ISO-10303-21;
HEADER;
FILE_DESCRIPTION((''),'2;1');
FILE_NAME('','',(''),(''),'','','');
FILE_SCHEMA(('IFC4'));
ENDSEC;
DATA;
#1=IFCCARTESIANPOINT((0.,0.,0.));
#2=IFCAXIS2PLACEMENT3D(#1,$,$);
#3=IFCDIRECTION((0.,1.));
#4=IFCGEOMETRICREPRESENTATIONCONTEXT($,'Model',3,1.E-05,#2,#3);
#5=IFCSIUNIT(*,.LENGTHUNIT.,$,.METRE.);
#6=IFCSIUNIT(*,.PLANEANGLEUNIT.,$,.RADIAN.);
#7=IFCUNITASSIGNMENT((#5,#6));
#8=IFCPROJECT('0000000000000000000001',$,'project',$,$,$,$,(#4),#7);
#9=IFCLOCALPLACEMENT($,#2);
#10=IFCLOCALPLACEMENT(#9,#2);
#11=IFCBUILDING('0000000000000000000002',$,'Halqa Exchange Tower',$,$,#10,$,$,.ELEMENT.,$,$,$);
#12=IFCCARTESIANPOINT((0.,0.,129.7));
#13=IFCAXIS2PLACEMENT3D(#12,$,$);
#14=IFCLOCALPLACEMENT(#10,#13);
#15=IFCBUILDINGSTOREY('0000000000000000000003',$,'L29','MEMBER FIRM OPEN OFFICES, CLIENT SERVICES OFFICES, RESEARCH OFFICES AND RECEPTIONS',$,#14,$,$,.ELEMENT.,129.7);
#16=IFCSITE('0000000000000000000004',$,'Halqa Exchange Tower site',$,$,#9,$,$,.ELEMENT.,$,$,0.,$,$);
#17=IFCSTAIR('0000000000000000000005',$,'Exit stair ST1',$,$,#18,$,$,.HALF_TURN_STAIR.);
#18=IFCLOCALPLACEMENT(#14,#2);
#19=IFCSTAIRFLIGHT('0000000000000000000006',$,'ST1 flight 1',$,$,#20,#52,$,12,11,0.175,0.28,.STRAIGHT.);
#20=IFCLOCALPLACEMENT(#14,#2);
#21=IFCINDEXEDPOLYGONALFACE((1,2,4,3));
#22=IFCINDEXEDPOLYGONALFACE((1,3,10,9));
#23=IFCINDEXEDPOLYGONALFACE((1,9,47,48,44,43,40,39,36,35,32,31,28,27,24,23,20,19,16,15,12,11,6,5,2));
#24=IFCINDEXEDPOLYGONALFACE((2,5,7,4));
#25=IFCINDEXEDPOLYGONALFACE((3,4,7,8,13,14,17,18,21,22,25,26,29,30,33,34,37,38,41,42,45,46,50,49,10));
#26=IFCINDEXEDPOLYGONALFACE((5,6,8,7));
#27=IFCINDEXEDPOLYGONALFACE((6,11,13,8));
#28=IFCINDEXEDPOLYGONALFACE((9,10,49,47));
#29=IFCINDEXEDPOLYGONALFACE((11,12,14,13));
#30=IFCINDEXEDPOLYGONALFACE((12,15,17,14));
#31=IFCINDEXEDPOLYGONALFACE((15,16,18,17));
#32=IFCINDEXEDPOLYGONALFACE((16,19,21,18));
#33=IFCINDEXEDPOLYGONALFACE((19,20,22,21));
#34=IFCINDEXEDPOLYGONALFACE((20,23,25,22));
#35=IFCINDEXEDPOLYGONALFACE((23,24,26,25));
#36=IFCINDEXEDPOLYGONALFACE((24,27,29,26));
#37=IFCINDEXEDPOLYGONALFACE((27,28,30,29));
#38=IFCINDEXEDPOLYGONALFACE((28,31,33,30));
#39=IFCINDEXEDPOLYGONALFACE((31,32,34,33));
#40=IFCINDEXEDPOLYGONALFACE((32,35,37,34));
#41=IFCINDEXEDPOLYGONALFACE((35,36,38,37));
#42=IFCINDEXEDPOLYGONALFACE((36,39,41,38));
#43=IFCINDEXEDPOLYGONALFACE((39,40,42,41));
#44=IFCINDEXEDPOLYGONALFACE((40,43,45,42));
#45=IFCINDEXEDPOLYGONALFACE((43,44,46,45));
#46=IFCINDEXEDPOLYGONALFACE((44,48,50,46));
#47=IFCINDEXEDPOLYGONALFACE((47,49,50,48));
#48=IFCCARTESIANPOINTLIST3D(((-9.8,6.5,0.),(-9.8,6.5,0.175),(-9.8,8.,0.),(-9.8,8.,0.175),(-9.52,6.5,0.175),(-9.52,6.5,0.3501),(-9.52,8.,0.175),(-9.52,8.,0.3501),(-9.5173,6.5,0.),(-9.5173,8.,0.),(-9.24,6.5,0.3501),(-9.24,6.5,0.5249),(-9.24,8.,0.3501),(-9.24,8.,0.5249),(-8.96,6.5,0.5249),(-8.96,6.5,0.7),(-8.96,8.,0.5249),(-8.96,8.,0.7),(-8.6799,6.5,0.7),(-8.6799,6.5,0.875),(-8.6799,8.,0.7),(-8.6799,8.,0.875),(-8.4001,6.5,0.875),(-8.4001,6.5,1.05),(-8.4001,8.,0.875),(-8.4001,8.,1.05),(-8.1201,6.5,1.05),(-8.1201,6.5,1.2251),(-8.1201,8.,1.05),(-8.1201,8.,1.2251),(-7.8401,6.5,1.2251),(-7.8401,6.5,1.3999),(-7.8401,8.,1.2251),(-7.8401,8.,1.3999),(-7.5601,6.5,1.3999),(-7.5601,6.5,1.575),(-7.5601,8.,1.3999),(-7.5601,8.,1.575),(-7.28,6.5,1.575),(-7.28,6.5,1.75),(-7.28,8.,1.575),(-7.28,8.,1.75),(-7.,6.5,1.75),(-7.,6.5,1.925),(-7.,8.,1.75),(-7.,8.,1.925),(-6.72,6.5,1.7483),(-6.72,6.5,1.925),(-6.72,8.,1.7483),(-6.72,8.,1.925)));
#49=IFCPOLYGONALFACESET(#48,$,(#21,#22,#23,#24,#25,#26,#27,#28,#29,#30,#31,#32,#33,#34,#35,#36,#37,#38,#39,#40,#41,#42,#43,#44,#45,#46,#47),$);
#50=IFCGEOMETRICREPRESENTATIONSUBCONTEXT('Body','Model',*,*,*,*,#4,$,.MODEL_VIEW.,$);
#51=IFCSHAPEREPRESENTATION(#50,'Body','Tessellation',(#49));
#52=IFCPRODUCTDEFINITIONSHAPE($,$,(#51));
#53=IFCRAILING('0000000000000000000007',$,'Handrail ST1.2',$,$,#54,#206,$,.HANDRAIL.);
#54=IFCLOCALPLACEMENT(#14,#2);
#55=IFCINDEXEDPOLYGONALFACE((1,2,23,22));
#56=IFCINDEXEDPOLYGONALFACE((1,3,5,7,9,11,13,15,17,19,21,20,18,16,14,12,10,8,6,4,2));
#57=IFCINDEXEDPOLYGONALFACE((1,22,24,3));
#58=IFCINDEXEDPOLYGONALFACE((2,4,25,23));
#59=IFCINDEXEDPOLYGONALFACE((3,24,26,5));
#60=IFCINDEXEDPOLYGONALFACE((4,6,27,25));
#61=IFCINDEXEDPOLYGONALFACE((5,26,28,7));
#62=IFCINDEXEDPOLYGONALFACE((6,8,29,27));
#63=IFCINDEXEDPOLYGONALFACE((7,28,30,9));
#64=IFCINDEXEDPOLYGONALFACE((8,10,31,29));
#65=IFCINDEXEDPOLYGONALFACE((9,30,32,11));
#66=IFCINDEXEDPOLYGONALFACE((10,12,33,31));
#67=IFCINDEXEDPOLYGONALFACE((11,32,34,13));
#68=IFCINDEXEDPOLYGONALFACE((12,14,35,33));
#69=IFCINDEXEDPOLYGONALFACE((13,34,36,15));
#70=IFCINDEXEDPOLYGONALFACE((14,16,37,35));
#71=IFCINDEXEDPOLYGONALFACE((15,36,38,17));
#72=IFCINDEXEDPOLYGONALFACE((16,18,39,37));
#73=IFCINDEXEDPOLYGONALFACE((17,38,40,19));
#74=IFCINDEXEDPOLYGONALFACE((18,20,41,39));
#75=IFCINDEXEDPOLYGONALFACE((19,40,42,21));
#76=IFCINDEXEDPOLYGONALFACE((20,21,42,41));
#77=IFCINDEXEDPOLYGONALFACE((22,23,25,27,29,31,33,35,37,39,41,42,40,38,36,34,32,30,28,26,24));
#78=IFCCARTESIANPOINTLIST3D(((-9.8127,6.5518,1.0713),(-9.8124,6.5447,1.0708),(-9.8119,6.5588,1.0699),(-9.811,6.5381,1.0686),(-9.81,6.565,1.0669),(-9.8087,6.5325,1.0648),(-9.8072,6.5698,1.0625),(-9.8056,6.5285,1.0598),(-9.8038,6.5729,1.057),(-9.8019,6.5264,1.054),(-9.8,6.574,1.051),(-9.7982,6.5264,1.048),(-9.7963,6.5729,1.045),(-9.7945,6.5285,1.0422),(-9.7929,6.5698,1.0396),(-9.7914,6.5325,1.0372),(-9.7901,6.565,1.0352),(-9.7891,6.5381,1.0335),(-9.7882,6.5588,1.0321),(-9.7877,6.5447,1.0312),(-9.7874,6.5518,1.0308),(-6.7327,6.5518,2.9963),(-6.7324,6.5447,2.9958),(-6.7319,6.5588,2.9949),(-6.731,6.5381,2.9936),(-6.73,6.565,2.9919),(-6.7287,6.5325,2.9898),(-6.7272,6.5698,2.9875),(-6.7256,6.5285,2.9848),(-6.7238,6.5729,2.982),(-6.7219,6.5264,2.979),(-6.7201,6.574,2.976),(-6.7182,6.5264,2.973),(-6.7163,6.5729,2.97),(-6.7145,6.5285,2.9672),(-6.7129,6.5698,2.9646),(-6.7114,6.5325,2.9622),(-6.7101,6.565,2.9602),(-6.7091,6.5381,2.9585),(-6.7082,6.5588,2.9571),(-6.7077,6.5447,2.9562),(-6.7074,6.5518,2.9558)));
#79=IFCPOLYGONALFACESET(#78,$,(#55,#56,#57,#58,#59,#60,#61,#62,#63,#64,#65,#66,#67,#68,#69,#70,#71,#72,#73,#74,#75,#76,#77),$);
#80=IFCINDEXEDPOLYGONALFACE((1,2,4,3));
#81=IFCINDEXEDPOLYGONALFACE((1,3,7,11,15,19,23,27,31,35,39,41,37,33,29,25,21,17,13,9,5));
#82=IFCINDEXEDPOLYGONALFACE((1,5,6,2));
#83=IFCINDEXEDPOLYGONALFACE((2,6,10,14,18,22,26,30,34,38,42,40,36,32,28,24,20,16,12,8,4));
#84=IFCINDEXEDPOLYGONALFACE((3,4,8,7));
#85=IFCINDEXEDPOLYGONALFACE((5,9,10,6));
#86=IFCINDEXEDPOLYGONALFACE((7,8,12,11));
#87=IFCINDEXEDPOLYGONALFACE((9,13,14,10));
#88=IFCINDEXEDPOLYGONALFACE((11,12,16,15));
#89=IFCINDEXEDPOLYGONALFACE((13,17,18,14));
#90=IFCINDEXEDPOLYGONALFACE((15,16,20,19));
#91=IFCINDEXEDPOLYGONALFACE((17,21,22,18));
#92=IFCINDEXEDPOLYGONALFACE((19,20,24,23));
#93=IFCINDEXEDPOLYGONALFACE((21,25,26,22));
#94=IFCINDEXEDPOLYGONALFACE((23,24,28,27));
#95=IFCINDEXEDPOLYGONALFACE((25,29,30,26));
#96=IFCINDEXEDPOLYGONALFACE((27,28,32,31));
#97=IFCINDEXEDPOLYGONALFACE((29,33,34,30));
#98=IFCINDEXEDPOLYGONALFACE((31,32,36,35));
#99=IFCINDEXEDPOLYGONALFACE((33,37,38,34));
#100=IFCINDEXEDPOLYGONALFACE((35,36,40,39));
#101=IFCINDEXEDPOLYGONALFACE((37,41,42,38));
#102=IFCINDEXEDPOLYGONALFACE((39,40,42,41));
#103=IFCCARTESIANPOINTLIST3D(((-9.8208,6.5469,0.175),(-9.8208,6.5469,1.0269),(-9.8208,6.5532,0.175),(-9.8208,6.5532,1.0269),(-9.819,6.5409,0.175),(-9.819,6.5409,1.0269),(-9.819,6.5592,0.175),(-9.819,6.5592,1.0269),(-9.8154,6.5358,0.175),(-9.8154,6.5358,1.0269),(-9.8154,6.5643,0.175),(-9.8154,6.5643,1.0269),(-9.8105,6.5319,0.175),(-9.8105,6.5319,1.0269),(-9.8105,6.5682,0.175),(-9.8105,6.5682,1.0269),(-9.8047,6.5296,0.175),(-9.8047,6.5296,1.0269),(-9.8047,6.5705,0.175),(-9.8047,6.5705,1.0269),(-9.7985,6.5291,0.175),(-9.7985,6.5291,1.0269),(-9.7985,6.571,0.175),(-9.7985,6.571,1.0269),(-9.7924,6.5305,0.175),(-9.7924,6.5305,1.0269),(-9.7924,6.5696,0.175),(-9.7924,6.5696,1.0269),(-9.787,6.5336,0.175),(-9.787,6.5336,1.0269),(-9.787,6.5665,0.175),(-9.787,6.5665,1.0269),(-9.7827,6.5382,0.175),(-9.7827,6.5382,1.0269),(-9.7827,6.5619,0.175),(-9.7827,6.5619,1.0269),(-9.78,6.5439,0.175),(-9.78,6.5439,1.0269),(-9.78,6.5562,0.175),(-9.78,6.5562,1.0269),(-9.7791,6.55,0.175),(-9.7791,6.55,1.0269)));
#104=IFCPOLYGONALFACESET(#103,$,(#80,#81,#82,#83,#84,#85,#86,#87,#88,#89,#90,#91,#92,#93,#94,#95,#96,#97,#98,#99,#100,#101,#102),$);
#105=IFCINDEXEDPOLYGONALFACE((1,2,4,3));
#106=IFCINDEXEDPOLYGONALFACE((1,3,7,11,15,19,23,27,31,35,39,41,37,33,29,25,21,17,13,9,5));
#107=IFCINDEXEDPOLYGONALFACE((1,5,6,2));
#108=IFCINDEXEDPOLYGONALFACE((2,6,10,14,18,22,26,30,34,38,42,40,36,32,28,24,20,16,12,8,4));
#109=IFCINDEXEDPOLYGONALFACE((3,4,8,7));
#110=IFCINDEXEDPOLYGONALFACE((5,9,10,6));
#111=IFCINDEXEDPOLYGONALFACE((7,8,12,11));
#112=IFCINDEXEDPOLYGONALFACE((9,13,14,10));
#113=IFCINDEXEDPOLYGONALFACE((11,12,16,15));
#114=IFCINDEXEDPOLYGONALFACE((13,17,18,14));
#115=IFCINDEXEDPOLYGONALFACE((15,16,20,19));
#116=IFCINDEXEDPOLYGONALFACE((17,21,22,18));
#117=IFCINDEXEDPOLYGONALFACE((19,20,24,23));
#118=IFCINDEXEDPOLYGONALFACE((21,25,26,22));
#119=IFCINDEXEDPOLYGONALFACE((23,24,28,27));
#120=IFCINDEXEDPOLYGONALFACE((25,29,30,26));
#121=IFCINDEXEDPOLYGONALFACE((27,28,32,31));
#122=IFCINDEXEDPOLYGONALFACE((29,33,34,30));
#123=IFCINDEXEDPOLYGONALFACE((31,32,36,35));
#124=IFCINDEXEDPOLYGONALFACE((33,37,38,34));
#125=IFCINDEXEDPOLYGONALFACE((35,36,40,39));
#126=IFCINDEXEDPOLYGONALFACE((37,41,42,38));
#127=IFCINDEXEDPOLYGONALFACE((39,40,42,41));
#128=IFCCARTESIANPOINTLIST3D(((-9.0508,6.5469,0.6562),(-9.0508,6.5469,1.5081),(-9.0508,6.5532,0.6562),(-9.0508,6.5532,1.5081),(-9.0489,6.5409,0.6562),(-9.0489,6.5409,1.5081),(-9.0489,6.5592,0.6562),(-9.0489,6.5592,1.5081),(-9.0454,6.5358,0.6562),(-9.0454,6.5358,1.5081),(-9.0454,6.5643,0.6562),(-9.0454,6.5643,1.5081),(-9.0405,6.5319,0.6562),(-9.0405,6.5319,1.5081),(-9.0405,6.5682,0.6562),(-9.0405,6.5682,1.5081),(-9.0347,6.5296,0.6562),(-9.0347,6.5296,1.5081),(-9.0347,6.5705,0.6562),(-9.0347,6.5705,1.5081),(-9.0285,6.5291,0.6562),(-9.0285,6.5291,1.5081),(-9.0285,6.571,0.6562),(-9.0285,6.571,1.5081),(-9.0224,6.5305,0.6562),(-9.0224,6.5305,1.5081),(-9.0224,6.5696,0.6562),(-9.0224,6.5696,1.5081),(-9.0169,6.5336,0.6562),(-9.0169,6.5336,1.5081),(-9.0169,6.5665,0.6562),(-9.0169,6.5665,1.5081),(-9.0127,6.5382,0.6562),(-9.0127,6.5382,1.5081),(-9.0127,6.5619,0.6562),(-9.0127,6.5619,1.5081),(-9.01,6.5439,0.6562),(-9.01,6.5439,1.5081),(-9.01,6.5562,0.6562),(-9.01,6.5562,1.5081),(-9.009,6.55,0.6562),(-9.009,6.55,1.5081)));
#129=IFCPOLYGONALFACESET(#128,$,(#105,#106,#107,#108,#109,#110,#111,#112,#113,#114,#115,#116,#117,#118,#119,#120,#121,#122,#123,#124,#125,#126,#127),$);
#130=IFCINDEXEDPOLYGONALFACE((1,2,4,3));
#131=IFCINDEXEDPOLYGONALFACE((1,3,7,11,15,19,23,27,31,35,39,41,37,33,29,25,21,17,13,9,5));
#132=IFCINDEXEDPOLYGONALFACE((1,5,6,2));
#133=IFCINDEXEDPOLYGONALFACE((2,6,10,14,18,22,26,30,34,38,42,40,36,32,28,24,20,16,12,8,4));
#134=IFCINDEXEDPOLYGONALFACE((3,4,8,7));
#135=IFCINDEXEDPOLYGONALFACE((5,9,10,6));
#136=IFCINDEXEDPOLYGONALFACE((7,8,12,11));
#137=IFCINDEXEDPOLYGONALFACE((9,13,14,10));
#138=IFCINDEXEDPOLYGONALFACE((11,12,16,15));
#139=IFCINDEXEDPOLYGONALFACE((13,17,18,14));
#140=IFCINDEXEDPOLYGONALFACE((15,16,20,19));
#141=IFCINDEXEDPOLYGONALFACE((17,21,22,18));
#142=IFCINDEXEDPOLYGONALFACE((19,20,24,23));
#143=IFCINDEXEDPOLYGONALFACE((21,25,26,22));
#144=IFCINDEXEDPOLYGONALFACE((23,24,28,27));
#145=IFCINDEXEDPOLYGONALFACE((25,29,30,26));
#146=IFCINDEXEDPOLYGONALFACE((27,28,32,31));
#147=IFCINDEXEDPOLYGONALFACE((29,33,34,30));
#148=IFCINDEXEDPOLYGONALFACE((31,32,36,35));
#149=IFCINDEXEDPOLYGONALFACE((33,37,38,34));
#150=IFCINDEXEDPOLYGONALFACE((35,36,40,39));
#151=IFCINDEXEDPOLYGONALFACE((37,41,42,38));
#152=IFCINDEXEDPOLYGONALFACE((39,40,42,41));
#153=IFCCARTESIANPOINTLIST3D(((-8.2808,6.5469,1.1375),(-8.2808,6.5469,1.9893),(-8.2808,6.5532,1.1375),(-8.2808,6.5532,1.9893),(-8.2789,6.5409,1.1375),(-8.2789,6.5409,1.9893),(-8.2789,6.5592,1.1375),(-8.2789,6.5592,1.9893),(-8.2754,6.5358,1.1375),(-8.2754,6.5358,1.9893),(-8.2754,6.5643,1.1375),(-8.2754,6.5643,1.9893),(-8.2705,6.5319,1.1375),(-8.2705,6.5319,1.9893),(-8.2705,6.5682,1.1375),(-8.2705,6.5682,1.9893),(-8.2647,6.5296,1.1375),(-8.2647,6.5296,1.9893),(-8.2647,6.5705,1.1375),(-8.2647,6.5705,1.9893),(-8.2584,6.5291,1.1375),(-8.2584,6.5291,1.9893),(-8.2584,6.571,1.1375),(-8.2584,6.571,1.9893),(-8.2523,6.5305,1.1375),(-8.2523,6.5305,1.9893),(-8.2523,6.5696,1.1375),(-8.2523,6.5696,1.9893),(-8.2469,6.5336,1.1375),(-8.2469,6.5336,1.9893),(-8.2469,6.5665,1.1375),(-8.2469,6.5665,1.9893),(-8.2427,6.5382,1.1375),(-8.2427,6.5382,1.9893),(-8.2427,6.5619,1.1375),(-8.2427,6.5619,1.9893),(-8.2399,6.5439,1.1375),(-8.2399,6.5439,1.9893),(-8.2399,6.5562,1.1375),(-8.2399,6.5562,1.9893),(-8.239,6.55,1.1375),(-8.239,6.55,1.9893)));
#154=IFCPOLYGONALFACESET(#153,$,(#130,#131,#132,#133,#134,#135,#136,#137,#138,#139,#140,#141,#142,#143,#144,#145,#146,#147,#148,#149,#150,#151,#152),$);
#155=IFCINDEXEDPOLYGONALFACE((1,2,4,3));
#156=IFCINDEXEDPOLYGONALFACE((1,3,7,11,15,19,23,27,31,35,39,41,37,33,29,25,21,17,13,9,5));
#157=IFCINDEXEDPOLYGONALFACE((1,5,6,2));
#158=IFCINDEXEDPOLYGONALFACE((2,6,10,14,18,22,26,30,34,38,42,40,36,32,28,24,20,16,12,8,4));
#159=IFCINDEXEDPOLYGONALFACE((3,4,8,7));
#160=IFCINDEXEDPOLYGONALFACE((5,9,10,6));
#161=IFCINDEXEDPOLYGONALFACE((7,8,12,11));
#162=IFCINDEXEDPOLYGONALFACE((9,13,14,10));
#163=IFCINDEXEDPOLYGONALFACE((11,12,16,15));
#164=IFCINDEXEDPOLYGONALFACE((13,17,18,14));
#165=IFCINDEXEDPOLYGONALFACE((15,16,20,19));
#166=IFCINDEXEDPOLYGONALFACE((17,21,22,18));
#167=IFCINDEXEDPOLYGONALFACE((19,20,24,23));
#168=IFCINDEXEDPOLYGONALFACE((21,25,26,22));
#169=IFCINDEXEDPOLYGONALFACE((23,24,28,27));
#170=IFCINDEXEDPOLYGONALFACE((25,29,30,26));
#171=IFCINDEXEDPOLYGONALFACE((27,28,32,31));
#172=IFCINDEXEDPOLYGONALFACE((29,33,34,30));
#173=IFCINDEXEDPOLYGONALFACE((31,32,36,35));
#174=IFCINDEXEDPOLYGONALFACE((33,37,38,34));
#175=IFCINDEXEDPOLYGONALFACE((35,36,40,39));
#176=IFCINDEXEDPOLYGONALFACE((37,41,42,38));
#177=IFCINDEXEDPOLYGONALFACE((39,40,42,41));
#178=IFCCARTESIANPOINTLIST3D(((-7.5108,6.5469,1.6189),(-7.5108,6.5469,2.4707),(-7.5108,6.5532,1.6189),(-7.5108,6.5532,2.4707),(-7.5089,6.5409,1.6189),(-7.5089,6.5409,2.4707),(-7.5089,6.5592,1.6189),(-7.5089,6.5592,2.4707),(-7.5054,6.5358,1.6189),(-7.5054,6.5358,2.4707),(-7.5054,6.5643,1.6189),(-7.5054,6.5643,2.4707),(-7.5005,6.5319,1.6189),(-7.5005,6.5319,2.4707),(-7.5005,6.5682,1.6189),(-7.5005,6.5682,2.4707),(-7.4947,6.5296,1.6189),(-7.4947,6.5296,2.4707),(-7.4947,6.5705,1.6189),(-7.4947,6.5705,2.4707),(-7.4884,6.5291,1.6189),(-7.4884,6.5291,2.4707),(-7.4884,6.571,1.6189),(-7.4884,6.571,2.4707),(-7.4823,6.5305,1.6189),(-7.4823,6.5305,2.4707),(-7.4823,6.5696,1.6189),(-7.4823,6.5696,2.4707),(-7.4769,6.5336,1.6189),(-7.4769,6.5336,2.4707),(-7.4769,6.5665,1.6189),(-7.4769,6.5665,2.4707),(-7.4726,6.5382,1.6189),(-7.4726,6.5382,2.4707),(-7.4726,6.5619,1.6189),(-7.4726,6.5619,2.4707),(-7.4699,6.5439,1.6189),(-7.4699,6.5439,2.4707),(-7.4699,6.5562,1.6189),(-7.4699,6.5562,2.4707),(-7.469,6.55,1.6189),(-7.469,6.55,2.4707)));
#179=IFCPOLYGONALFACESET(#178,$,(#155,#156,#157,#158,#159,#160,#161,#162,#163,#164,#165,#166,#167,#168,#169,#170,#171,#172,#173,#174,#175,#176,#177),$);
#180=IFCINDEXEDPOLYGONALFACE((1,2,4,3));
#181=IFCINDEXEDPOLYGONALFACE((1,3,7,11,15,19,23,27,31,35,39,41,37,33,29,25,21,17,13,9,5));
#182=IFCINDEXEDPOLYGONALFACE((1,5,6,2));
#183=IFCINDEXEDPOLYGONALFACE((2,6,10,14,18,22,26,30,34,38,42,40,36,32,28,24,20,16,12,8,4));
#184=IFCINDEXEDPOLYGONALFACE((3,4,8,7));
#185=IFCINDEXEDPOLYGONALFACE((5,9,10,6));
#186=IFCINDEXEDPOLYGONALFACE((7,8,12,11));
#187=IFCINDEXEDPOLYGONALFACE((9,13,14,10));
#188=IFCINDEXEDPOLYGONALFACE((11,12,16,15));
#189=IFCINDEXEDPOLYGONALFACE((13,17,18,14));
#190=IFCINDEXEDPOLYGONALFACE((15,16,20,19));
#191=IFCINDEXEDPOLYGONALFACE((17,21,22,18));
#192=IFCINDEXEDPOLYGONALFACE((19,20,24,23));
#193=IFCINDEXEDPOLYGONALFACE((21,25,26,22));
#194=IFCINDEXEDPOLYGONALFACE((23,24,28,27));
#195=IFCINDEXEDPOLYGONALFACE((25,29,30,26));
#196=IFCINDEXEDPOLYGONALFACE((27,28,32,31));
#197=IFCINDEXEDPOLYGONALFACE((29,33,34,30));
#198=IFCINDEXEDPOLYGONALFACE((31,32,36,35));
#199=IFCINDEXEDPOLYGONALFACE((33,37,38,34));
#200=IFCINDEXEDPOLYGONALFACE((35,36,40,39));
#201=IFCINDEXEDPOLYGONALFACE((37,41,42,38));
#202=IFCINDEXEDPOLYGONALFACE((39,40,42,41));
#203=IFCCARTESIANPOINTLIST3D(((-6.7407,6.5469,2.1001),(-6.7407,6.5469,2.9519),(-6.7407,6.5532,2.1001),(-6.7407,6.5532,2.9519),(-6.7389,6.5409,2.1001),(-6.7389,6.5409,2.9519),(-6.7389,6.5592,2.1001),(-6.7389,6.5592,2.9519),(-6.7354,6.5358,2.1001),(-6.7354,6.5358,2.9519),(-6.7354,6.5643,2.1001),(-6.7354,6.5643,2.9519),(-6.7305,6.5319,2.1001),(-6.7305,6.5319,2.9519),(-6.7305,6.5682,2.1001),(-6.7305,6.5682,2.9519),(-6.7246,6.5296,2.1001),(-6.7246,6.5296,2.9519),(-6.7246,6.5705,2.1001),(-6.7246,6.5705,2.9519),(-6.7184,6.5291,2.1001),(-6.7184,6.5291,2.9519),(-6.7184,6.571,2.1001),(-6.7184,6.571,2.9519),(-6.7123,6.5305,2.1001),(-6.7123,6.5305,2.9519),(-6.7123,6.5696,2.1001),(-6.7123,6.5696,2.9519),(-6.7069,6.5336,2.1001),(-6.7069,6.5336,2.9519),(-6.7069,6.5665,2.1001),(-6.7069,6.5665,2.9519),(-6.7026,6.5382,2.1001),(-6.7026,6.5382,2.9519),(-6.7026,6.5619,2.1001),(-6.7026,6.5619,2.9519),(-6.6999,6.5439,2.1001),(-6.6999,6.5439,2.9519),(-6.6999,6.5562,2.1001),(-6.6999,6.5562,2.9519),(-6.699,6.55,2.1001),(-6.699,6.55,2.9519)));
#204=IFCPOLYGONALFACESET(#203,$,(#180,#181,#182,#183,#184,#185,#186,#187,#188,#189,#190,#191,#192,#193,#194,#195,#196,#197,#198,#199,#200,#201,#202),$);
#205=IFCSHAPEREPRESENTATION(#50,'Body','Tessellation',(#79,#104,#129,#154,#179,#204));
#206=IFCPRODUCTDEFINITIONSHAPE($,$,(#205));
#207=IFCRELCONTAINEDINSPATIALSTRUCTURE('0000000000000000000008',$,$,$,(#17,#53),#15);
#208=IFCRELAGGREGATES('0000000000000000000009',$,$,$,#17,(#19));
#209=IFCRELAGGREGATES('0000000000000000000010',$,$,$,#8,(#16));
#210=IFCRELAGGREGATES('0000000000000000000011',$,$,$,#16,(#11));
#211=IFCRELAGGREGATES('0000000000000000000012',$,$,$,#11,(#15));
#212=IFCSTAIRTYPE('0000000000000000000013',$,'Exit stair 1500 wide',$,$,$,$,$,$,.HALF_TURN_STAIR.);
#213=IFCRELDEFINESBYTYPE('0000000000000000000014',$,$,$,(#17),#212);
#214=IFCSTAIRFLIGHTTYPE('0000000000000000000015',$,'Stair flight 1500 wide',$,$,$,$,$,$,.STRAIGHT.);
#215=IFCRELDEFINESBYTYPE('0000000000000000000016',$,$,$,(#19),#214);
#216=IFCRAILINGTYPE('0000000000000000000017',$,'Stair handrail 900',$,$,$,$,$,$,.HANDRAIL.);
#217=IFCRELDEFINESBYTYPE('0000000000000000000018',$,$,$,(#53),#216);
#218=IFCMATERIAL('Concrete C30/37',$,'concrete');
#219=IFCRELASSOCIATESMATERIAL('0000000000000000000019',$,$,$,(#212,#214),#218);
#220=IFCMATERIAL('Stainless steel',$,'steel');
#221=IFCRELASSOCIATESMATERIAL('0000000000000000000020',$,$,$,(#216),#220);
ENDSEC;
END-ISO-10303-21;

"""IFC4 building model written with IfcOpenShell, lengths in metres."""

from ifc_helpers import new_model, si_unit, direction, frame, origin, origin_2d, place, context, subcontext, project, spatial, polyline, circle, outline, extrude, material, type_object, element, aggregate, save


model = new_model("IFC4")

# Units and contexts
model_context = context("Model", 3, precision=1e-05, world=origin(), true_north=direction((0.0, 1.0)))
body_context = subcontext(model_context, "Body", "Model", "MODEL_VIEW")
ifc_project = project(units=[si_unit("LENGTHUNIT", "METRE"), si_unit("PLANEANGLEUNIT", "RADIAN")], contexts=[model_context])

# Site, building, storey
site_placement = place(None, origin())
site = spatial("IfcSite", under=ifc_project, at=site_placement, Name="Halqa Exchange Tower site", CompositionType="ELEMENT", RefElevation=0.0)
building_placement = place(site_placement, origin())
building = spatial("IfcBuilding", under=site, at=building_placement, Name="Halqa Exchange Tower", CompositionType="ELEMENT")
storey_placement = place(building_placement, frame((0.0, 0.0, 129.7)))
storey = spatial("IfcBuildingStorey", under=building, at=storey_placement, Name="L29", Description="MEMBER FIRM OPEN OFFICES, CLIENT SERVICES OFFICES, RESEARCH OFFICES AND RECEPTIONS", CompositionType="ELEMENT", Elevation=129.7)

# Shared definitions
ifc_material_1 = material(Name="Stainless steel", Category="steel")

# Shared definitions
ifc_material_2 = material(Name="Concrete C30/37", Category="concrete")

# Stair, stair flight
stair_type = type_object("IfcStairType", Name="Exit stair 1500 wide", PredefinedType="HALF_TURN_STAIR", material=ifc_material_2)
stair_placement = place(storey_placement, origin())
stair = element("IfcStair", 1, at=stair_placement, inside=storey, type_object=stair_type, Name="Exit stair ST1", PredefinedType="HALF_TURN_STAIR")
stair_flight_type = type_object("IfcStairFlightType", Name="Stair flight 1500 wide", PredefinedType="STRAIGHT", material=ifc_material_2)
stair_flight_placement = place(storey_placement, frame((-9.8, 7.25, 0.0), z_axis=(0.0, 0.0, 1.0), x_axis=(1.0, 0.0, 0.0)))
stair_flight = element("IfcStairFlight", 2, at=stair_flight_placement, type_object=stair_flight_type, Name="ST1 flight 1", NumberOfRisers=12, NumberOfTreads=11, PredefinedType="STRAIGHT", RiserHeight=0.175, TreadLength=0.28, context=body_context, shape_type="SweptSolid", body=[
    extrude(outline(polyline([(0.0, 0.0), (0.0, 0.175), (0.28, 0.175), (0.28, 0.3501), (0.5601, 0.3501), (0.5601, 0.5249), (0.8401, 0.5249), (0.8401, 0.7), (1.1201, 0.7), (1.1201, 0.875), (1.3999, 0.875), (1.3999, 1.05), (1.6799, 1.05), (1.6799, 1.2251), (1.96, 1.2251), (1.96, 1.3999), (2.24, 1.3999), (2.24, 1.575), (2.52, 1.575), (2.52, 1.75), (2.8, 1.75), (2.8, 1.925), (3.0801, 1.925), (3.0801, 2.1001), (3.0801, 1.7483), (0.2827, 0.0), (0.0, 0.0)])), frame((0.0, 0.75, 0.0), z_axis=(0.0, -1.0, 0.0), x_axis=(1.0, 0.0, 0.0)), (0.0, 0.0, 1.0), 1.5),
])
aggregate(stair, [stair_flight])

# Railing
railing_type_1 = type_object("IfcRailingType", Name="Stair handrail 900", PredefinedType="HANDRAIL", material=ifc_material_1)
railing_1_placement = place(storey_placement, frame((-9.8, 6.55, 0.175)))
element("IfcRailing", 3, at=railing_1_placement, inside=storey, type_object=railing_type_1, Name="Handrail ST1.2", PredefinedType="HANDRAIL", context=body_context, shape_type="SweptSolid", body=[
    extrude(circle(Radius=0.0239, at=origin_2d()), frame((0.0, 0.0, 0.876), z_axis=(0.847998, 0.0, 0.529999), x_axis=(0.0, 1.0, 0.0)), (0.0, 0.0, 1.0), 3.6321),
    extrude(circle(Radius=0.021, at=origin_2d()), origin(), (0.0, 0.0, 1.0), 0.8518),
    extrude(circle(Radius=0.021, at=origin_2d()), frame((0.77, 0.0, 0.4812)), (0.0, 0.0, 1.0), 0.8518),
    extrude(circle(Radius=0.021, at=origin_2d()), frame((1.54, 0.0, 0.9624)), (0.0, 0.0, 1.0), 0.8518),
    extrude(circle(Radius=0.021, at=origin_2d()), frame((2.3101, 0.0, 1.4438)), (0.0, 0.0, 1.0), 0.8518),
    extrude(circle(Radius=0.021, at=origin_2d()), frame((3.0801, 0.0, 1.925)), (0.0, 0.0, 1.0), 0.8518),
])

save(model, "model.ifc")
